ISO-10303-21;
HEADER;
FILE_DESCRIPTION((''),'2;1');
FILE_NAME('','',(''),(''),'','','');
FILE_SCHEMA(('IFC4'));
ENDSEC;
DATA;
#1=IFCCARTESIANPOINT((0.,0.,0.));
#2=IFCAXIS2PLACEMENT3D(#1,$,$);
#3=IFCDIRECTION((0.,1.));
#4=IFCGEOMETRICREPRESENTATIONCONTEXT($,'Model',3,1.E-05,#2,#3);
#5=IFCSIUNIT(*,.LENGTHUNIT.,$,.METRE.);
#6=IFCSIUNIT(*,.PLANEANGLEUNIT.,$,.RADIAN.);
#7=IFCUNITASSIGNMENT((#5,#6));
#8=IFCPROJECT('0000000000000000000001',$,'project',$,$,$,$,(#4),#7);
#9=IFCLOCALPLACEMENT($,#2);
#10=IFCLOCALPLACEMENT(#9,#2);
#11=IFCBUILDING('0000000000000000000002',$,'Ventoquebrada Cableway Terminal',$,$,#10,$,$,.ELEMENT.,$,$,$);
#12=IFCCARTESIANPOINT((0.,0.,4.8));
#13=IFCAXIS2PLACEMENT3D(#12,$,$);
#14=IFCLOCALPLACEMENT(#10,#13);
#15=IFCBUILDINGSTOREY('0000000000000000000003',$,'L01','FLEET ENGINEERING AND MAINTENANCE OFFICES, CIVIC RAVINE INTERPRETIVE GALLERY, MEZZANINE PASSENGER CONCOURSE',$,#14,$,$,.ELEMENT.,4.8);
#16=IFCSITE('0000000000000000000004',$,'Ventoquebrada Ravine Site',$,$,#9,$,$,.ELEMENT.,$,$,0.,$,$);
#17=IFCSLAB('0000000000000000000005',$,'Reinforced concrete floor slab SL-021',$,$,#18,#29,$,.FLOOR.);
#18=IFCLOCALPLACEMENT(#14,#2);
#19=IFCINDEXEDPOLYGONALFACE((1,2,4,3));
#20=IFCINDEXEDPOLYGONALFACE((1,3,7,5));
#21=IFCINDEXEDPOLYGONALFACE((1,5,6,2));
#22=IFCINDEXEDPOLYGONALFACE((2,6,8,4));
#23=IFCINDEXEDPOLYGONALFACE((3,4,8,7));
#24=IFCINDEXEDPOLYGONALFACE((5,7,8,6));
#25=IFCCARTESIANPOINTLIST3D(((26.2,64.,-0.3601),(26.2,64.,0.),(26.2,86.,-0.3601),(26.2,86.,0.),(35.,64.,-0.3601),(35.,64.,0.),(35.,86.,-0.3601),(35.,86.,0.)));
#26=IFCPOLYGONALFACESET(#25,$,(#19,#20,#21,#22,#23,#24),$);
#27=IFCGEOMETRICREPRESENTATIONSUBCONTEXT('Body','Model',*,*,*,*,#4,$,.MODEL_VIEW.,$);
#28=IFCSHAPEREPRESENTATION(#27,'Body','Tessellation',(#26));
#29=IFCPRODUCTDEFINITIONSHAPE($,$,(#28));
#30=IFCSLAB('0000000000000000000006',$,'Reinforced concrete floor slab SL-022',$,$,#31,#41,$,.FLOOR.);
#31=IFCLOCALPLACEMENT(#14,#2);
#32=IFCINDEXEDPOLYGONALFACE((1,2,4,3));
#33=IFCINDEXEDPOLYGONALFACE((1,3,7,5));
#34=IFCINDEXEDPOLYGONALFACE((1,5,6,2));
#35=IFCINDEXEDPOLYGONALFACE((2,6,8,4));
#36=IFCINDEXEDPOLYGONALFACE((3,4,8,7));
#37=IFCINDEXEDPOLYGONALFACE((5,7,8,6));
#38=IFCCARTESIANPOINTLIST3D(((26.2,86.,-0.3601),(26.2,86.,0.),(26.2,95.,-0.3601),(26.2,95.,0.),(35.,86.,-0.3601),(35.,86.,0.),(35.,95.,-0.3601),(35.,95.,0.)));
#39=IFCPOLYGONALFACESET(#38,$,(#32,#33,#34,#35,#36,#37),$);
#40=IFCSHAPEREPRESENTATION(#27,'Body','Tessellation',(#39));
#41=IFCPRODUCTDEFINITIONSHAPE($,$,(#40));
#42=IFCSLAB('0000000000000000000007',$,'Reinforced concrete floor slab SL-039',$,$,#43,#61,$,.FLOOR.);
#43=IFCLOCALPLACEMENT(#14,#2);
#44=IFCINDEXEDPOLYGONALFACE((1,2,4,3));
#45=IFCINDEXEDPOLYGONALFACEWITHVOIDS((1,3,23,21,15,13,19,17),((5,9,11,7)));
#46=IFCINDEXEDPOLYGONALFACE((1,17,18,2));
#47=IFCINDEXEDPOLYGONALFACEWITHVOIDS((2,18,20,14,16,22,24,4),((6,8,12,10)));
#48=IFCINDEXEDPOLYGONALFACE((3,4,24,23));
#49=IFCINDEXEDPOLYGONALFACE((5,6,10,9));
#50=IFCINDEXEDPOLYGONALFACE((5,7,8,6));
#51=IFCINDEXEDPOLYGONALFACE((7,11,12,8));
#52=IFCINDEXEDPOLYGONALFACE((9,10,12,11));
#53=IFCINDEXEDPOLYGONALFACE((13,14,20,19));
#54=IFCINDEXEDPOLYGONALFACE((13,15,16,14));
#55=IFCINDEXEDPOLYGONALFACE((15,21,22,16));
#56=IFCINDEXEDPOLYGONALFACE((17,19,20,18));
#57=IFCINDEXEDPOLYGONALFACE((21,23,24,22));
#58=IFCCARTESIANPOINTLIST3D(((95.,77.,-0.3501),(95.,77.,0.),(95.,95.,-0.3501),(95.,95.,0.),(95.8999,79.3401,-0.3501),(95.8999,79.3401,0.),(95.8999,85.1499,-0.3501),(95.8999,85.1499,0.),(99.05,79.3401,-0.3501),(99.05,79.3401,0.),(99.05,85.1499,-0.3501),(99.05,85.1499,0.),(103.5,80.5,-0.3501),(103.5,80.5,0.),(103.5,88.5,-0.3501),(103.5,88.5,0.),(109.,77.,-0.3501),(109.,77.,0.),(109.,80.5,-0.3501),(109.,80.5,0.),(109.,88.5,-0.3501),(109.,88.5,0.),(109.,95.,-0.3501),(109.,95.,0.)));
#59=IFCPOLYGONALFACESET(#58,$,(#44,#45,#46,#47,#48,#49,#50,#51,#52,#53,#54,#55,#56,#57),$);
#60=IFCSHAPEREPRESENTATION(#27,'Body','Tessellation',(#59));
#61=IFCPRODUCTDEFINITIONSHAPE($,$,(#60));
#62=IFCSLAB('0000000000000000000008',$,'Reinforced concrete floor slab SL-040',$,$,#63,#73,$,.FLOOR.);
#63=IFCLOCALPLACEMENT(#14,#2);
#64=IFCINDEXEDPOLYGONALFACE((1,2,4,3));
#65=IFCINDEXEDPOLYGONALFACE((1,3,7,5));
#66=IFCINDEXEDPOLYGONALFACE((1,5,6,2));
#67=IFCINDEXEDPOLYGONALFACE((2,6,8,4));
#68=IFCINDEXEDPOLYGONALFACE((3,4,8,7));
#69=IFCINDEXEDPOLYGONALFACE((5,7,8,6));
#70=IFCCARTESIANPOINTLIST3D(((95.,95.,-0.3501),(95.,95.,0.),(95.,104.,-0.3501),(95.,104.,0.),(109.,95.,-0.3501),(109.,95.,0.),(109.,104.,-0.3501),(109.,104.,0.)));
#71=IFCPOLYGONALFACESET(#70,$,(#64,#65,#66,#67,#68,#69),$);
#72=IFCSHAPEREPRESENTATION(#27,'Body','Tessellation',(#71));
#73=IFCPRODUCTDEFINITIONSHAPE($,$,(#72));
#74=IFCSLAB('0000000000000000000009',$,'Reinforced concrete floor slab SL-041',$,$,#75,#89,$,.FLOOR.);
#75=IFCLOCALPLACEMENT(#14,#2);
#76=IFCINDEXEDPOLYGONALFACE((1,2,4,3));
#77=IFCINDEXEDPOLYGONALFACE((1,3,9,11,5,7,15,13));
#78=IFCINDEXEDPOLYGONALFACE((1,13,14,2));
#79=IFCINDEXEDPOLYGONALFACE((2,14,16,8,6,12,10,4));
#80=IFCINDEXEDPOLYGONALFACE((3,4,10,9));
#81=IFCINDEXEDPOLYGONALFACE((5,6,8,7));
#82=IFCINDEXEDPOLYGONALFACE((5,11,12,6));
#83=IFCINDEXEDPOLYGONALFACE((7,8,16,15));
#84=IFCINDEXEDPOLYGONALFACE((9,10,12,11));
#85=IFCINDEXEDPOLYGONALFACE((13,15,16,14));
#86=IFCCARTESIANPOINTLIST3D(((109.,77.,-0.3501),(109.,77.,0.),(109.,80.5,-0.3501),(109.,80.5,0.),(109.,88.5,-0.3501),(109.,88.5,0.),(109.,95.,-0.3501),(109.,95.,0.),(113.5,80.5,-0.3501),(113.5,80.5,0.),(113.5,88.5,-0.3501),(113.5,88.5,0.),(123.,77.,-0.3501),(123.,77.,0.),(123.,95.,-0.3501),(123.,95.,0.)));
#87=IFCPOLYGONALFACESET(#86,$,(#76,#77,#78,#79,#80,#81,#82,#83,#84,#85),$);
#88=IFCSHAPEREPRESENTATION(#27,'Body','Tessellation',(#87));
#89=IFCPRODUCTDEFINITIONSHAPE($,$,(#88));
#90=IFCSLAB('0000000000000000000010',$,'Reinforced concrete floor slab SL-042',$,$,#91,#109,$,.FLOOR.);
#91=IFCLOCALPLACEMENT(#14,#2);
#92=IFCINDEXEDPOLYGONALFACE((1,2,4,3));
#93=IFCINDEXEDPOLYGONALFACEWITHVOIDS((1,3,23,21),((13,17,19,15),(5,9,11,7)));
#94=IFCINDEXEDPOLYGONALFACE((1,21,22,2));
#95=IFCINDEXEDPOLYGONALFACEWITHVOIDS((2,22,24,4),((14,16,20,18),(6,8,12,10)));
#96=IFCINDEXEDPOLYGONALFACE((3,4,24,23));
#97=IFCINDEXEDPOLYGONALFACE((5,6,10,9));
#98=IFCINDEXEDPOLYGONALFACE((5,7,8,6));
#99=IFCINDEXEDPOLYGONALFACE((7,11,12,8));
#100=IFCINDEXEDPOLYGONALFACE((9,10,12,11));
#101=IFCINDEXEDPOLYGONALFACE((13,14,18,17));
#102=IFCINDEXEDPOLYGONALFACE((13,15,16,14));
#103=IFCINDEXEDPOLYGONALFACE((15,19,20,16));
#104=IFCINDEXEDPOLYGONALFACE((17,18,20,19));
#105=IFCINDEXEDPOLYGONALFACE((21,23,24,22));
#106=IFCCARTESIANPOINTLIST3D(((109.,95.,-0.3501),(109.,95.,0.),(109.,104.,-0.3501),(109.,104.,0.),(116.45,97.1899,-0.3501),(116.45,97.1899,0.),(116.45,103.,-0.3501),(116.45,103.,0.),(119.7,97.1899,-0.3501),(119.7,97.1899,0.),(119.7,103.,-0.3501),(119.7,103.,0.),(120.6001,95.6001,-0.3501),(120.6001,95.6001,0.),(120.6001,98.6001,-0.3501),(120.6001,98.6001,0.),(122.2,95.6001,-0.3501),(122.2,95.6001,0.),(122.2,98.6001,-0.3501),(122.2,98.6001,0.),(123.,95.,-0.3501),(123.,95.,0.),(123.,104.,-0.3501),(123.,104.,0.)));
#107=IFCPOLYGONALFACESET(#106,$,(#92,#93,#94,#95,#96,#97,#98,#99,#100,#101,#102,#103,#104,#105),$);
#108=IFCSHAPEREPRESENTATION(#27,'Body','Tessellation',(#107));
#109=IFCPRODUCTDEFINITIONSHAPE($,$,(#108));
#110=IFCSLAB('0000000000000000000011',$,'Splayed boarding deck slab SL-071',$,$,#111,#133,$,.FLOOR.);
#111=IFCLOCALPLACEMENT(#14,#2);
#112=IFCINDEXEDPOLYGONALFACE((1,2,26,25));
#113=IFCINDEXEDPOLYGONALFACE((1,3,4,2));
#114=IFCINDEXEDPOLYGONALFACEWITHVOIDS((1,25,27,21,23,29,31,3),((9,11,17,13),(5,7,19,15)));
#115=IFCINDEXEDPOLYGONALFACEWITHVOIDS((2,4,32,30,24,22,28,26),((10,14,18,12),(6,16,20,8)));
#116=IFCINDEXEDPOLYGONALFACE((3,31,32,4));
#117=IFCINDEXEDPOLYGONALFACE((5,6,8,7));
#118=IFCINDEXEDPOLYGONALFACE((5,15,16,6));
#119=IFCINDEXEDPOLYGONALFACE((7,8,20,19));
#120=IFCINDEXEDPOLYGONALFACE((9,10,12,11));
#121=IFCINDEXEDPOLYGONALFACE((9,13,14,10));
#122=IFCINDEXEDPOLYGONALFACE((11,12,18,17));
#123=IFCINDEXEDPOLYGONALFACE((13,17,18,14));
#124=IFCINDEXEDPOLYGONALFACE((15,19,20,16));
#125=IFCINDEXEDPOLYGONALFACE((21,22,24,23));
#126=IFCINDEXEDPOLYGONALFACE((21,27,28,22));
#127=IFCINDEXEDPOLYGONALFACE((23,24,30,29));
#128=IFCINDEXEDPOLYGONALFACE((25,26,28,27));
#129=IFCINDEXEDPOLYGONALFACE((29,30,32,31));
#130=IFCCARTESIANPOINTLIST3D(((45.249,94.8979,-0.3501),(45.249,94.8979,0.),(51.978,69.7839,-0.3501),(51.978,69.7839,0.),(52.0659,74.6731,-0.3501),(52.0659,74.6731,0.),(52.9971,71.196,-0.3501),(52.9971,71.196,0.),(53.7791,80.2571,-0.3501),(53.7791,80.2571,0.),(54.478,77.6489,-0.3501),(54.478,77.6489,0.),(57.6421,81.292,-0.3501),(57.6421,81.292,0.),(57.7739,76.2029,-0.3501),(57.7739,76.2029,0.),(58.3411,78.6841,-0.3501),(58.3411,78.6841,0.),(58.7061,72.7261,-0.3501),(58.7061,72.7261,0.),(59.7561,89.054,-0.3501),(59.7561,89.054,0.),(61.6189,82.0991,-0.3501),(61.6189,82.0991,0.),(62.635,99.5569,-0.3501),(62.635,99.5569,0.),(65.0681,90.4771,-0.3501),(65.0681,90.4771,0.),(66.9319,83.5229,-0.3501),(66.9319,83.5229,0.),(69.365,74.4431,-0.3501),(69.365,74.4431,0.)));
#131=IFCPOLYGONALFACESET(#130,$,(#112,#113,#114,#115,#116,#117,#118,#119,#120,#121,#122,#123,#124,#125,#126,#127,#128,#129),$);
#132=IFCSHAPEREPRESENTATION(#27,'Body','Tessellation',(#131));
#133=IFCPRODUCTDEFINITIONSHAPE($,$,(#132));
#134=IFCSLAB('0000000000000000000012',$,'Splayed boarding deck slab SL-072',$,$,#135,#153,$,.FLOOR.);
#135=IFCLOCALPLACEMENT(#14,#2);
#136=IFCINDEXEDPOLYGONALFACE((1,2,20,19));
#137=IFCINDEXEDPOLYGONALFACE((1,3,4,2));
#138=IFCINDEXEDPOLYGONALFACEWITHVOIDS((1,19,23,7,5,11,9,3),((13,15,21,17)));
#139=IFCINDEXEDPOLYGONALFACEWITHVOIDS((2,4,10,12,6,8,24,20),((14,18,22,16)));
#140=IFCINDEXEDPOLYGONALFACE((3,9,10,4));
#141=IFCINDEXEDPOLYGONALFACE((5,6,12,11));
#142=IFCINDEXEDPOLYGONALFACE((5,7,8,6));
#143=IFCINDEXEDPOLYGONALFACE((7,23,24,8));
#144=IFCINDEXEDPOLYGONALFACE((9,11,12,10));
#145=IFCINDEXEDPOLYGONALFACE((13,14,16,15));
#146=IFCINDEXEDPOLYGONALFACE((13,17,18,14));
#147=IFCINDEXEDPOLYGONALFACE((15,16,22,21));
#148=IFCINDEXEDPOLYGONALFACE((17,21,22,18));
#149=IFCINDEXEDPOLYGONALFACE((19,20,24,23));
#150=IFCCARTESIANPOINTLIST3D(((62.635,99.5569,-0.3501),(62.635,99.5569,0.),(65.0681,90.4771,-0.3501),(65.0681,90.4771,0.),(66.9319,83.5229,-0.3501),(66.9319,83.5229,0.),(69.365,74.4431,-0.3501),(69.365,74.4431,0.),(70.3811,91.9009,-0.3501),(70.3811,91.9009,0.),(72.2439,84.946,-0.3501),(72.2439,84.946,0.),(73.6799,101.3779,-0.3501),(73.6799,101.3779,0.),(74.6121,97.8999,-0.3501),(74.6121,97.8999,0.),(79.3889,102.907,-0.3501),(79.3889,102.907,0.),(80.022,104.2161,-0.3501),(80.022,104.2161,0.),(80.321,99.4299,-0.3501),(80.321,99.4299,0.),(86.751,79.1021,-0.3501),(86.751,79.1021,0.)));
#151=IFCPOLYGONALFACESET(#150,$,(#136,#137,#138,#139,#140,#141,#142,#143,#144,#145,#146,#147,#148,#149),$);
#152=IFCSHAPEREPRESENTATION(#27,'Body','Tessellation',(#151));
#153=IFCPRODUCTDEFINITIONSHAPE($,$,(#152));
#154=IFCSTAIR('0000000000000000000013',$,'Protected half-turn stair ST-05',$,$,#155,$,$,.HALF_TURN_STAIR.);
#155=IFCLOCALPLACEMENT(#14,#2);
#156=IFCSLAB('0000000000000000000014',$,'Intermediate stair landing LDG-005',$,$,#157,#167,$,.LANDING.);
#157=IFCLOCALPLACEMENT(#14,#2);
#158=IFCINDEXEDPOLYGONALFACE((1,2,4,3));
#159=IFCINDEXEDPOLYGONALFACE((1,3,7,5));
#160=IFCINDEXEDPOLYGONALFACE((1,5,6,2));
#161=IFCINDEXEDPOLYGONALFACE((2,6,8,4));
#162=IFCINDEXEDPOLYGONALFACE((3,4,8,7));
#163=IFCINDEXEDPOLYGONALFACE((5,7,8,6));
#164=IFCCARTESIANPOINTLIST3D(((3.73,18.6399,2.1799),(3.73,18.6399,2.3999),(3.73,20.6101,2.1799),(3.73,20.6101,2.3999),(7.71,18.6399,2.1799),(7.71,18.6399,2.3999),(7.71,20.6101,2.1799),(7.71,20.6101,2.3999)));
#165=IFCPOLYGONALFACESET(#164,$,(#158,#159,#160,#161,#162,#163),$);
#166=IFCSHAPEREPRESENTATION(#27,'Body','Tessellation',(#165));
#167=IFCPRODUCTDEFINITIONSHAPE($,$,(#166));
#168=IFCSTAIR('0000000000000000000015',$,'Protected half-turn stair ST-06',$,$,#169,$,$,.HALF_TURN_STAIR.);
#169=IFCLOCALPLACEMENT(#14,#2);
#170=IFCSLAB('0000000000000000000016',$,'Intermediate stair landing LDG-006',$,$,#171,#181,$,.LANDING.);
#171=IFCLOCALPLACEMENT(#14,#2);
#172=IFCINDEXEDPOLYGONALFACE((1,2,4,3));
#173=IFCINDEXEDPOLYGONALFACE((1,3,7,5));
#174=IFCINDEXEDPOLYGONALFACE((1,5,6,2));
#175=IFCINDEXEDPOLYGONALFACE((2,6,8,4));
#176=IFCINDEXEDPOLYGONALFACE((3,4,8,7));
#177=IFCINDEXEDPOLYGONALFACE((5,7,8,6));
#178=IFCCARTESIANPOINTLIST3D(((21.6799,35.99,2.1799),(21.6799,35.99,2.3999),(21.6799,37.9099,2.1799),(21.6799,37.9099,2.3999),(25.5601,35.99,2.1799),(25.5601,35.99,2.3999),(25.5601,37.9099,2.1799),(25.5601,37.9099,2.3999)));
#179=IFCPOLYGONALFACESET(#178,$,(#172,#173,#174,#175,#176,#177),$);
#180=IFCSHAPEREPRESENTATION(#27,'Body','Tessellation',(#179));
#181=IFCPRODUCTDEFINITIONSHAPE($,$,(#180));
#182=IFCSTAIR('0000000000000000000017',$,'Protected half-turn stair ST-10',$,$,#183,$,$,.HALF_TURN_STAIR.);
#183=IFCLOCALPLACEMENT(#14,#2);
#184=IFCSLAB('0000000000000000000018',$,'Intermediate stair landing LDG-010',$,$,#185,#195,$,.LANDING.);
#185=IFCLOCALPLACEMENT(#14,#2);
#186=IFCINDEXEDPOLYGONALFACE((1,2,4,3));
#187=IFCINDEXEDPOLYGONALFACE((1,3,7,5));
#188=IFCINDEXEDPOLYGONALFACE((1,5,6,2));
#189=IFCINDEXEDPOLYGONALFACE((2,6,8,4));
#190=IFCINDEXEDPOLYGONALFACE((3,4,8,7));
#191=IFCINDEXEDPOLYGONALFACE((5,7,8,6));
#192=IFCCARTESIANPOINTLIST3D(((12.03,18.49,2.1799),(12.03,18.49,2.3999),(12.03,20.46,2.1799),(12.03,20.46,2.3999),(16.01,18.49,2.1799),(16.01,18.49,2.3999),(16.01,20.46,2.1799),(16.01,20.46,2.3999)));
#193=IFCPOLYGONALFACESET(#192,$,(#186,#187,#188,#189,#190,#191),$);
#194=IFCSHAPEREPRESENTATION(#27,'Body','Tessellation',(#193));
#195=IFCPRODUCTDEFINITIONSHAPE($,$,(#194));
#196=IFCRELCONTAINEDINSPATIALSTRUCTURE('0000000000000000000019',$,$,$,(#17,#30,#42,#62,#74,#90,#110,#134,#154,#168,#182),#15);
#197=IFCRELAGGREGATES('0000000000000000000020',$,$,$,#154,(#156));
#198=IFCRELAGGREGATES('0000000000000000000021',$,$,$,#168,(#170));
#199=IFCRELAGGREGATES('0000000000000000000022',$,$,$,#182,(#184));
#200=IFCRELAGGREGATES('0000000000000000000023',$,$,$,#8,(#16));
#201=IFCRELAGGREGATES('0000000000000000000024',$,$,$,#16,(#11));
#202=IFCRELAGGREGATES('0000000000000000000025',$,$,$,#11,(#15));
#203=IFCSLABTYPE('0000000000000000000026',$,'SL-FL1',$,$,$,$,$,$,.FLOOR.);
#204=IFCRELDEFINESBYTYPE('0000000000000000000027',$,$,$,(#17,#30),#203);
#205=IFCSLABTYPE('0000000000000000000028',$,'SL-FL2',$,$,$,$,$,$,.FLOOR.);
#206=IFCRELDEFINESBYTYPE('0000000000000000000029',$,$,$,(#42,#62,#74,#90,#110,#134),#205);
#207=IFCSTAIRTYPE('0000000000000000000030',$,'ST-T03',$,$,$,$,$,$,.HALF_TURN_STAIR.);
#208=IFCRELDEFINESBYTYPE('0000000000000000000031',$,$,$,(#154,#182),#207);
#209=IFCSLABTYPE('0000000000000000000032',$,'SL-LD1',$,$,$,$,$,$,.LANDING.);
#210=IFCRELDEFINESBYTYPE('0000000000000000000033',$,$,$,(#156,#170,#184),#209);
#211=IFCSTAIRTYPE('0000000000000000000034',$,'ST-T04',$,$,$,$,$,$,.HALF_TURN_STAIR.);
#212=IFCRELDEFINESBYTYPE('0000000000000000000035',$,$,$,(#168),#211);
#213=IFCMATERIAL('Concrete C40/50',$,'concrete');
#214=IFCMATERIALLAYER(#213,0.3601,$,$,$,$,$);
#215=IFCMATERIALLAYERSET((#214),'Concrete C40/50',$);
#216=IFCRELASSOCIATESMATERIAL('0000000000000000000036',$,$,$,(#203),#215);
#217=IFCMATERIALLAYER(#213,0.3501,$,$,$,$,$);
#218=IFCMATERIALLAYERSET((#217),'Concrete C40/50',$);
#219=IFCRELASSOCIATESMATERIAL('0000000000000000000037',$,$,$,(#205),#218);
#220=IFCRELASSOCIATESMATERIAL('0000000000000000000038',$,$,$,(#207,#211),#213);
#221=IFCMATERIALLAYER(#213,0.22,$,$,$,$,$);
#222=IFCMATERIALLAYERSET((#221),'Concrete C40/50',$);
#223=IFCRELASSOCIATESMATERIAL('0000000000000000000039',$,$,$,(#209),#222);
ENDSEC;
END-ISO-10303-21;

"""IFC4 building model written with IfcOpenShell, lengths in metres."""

from ifc_helpers import new_model, si_unit, direction, frame, origin, place, context, subcontext, project, spatial, polyline, outline, extrude, material, layer, layer_set, type_object, element, aggregate, save


model = new_model("IFC4")

# Units and contexts
model_context = context("Model", 3, precision=1e-05, world=origin(), true_north=direction((0.0, 1.0)))
body_context = subcontext(model_context, "Body", "Model", "MODEL_VIEW")
ifc_project = project(units=[si_unit("LENGTHUNIT", "METRE"), si_unit("PLANEANGLEUNIT", "RADIAN")], contexts=[model_context])

# Site, building, storey
site_placement = place(None, origin())
site = spatial("IfcSite", under=ifc_project, at=site_placement, Name="Ventoquebrada Ravine Site", CompositionType="ELEMENT", RefElevation=0.0)
building_placement = place(site_placement, origin())
building = spatial("IfcBuilding", under=site, at=building_placement, Name="Ventoquebrada Cableway Terminal", CompositionType="ELEMENT")
storey_placement = place(building_placement, frame((0.0, 0.0, 4.8)))
storey = spatial("IfcBuildingStorey", under=building, at=storey_placement, Name="L01", Description="FLEET ENGINEERING AND MAINTENANCE OFFICES, CIVIC RAVINE INTERPRETIVE GALLERY, MEZZANINE PASSENGER CONCOURSE", CompositionType="ELEMENT", Elevation=4.8)

# Slabs
ifc_material_1 = material(Name="Concrete C40/50", Category="concrete")
ifc_layer_1 = layer(ifc_material_1, 0.3601)
ifc_layer_set_1 = layer_set([ifc_layer_1], Name="Concrete C40/50")
slab_type_1 = type_object("IfcSlabType", Name="SL-FL1", PredefinedType="FLOOR", material=ifc_layer_set_1)
slab_1_placement = place(storey_placement, frame((0.0, 0.0, -0.3601)))
element("IfcSlab", 1, at=slab_1_placement, inside=storey, type_object=slab_type_1, Name="Reinforced concrete floor slab SL-021", PredefinedType="FLOOR", context=body_context, shape_type="SweptSolid", body=[
    extrude(outline(polyline([(35.0, 64.0), (35.0, 86.0), (26.2, 86.0), (26.2, 64.0), (35.0, 64.0)])), origin(), (0.0, 0.0, 1.0), 0.3601),
])
slab_2_placement = place(storey_placement, frame((0.0, 0.0, -0.3601)))
element("IfcSlab", 2, at=slab_2_placement, inside=storey, type_object=slab_type_1, Name="Reinforced concrete floor slab SL-022", PredefinedType="FLOOR", context=body_context, shape_type="SweptSolid", body=[
    extrude(outline(polyline([(35.0, 86.0), (35.0, 95.0), (26.2, 95.0), (26.2, 86.0), (35.0, 86.0)])), origin(), (0.0, 0.0, 1.0), 0.3601),
])
ifc_layer_2 = layer(ifc_material_1, 0.3501)
ifc_layer_set_2 = layer_set([ifc_layer_2], Name="Concrete C40/50")
slab_type_2 = type_object("IfcSlabType", Name="SL-FL2", PredefinedType="FLOOR", material=ifc_layer_set_2)
slab_3_placement = place(storey_placement, frame((0.0, 0.0, -0.3501)))
element("IfcSlab", 3, at=slab_3_placement, inside=storey, type_object=slab_type_2, Name="Reinforced concrete floor slab SL-039", PredefinedType="FLOOR", context=body_context, shape_type="SweptSolid", body=[
    extrude(outline(polyline([(95.0, 77.0), (109.0, 77.0), (109.0, 80.5), (103.5, 80.5), (103.5, 88.5), (109.0, 88.5), (109.0, 95.0), (95.0, 95.0), (95.0, 77.0)]), holes=[polyline([(99.05, 85.1499), (99.05, 79.3401), (95.8999, 79.3401), (95.8999, 85.1499), (99.05, 85.1499)])]), origin(), (0.0, 0.0, 1.0), 0.3501),
])
slab_4_placement = place(storey_placement, frame((0.0, 0.0, -0.3501)))
element("IfcSlab", 4, at=slab_4_placement, inside=storey, type_object=slab_type_2, Name="Reinforced concrete floor slab SL-040", PredefinedType="FLOOR", context=body_context, shape_type="SweptSolid", body=[
    extrude(outline(polyline([(109.0, 95.0), (109.0, 104.0), (95.0, 104.0), (95.0, 95.0), (109.0, 95.0)])), origin(), (0.0, 0.0, 1.0), 0.3501),
])
slab_5_placement = place(storey_placement, frame((0.0, 0.0, -0.3501)))
element("IfcSlab", 5, at=slab_5_placement, inside=storey, type_object=slab_type_2, Name="Reinforced concrete floor slab SL-041", PredefinedType="FLOOR", context=body_context, shape_type="SweptSolid", body=[
    extrude(outline(polyline([(109.0, 88.5), (113.5, 88.5), (113.5, 80.5), (109.0, 80.5), (109.0, 77.0), (123.0, 77.0), (123.0, 95.0), (109.0, 95.0), (109.0, 88.5)])), origin(), (0.0, 0.0, 1.0), 0.3501),
])
slab_6_placement = place(storey_placement, frame((0.0, 0.0, -0.3501)))
element("IfcSlab", 6, at=slab_6_placement, inside=storey, type_object=slab_type_2, Name="Reinforced concrete floor slab SL-042", PredefinedType="FLOOR", context=body_context, shape_type="SweptSolid", body=[
    extrude(outline(polyline([(109.0, 95.0), (123.0, 95.0), (123.0, 104.0), (109.0, 104.0), (109.0, 95.0)]), holes=[polyline([(119.7, 103.0), (119.7, 97.1899), (116.45, 97.1899), (116.45, 103.0), (119.7, 103.0)]), polyline([(122.2, 95.6001), (120.6001, 95.6001), (120.6001, 98.6001), (122.2, 98.6001), (122.2, 95.6001)])]), origin(), (0.0, 0.0, 1.0), 0.3501),
])
slab_7_placement = place(storey_placement, frame((0.0, 0.0, -0.3501)))
element("IfcSlab", 7, at=slab_7_placement, inside=storey, type_object=slab_type_2, Name="Splayed boarding deck slab SL-071", PredefinedType="FLOOR", context=body_context, shape_type="SweptSolid", body=[
    extrude(outline(polyline([(62.635, 99.5569), (45.249, 94.8979), (51.978, 69.7839), (69.365, 74.4431), (66.9319, 83.5229), (61.6189, 82.0991), (59.7561, 89.054), (65.0681, 90.4771), (62.635, 99.5569)]), holes=[polyline([(57.7739, 76.2029), (58.7061, 72.7261), (52.9971, 71.196), (52.0659, 74.6731), (57.7739, 76.2029)]), polyline([(58.3411, 78.6841), (54.478, 77.6489), (53.7791, 80.2571), (57.6421, 81.292), (58.3411, 78.6841)])]), origin(), (0.0, 0.0, 1.0), 0.3501),
])
slab_8_placement = place(storey_placement, frame((0.0, 0.0, -0.3501)))
element("IfcSlab", 8, at=slab_8_placement, inside=storey, type_object=slab_type_2, Name="Splayed boarding deck slab SL-072", PredefinedType="FLOOR", context=body_context, shape_type="SweptSolid", body=[
    extrude(outline(polyline([(62.635, 99.5569), (65.0681, 90.4771), (70.3811, 91.9009), (72.2439, 84.946), (66.9319, 83.5229), (69.365, 74.4431), (86.751, 79.1021), (80.022, 104.2161), (62.635, 99.5569)]), holes=[polyline([(80.321, 99.4299), (74.6121, 97.8999), (73.6799, 101.3779), (79.3889, 102.907), (80.321, 99.4299)])]), origin(), (0.0, 0.0, 1.0), 0.3501),
])

# Stairs, slabs
stair_type_1 = type_object("IfcStairType", Name="ST-T03", PredefinedType="HALF_TURN_STAIR", material=ifc_material_1)
stair_1_placement = place(storey_placement, origin())
stair_1 = element("IfcStair", 9, at=stair_1_placement, inside=storey, type_object=stair_type_1, Name="Protected half-turn stair ST-05", PredefinedType="HALF_TURN_STAIR")
ifc_layer_3 = layer(ifc_material_1, 0.22)
ifc_layer_set_3 = layer_set([ifc_layer_3], Name="Concrete C40/50")
slab_type_3 = type_object("IfcSlabType", Name="SL-LD1", PredefinedType="LANDING", material=ifc_layer_set_3)
slab_9_placement = place(storey_placement, frame((0.0, 0.0, 2.1799)))
slab_9 = element("IfcSlab", 10, at=slab_9_placement, type_object=slab_type_3, Name="Intermediate stair landing LDG-005", PredefinedType="LANDING", context=body_context, shape_type="SweptSolid", body=[
    extrude(outline(polyline([(7.71, 18.6399), (7.71, 20.6101), (3.73, 20.6101), (3.73, 18.6399), (7.71, 18.6399)])), origin(), (0.0, 0.0, 1.0), 0.22),
])
aggregate(stair_1, [slab_9])
stair_type_2 = type_object("IfcStairType", Name="ST-T04", PredefinedType="HALF_TURN_STAIR", material=ifc_material_1)
stair_2_placement = place(storey_placement, origin())
stair_2 = element("IfcStair", 11, at=stair_2_placement, inside=storey, type_object=stair_type_2, Name="Protected half-turn stair ST-06", PredefinedType="HALF_TURN_STAIR")
slab_10_placement = place(storey_placement, frame((0.0, 0.0, 2.1799)))
slab_10 = element("IfcSlab", 12, at=slab_10_placement, type_object=slab_type_3, Name="Intermediate stair landing LDG-006", PredefinedType="LANDING", context=body_context, shape_type="SweptSolid", body=[
    extrude(outline(polyline([(25.5601, 35.99), (25.5601, 37.9099), (21.6799, 37.9099), (21.6799, 35.99), (25.5601, 35.99)])), origin(), (0.0, 0.0, 1.0), 0.22),
])
aggregate(stair_2, [slab_10])
stair_3_placement = place(storey_placement, origin())
stair_3 = element("IfcStair", 13, at=stair_3_placement, inside=storey, type_object=stair_type_1, Name="Protected half-turn stair ST-10", PredefinedType="HALF_TURN_STAIR")
slab_11_placement = place(storey_placement, frame((0.0, 0.0, 2.1799)))
slab_11 = element("IfcSlab", 14, at=slab_11_placement, type_object=slab_type_3, Name="Intermediate stair landing LDG-010", PredefinedType="LANDING", context=body_context, shape_type="SweptSolid", body=[
    extrude(outline(polyline([(16.01, 18.49), (16.01, 20.46), (12.03, 20.46), (12.03, 18.49), (16.01, 18.49)])), origin(), (0.0, 0.0, 1.0), 0.22),
])
aggregate(stair_3, [slab_11])

save(model, "model.ifc")
